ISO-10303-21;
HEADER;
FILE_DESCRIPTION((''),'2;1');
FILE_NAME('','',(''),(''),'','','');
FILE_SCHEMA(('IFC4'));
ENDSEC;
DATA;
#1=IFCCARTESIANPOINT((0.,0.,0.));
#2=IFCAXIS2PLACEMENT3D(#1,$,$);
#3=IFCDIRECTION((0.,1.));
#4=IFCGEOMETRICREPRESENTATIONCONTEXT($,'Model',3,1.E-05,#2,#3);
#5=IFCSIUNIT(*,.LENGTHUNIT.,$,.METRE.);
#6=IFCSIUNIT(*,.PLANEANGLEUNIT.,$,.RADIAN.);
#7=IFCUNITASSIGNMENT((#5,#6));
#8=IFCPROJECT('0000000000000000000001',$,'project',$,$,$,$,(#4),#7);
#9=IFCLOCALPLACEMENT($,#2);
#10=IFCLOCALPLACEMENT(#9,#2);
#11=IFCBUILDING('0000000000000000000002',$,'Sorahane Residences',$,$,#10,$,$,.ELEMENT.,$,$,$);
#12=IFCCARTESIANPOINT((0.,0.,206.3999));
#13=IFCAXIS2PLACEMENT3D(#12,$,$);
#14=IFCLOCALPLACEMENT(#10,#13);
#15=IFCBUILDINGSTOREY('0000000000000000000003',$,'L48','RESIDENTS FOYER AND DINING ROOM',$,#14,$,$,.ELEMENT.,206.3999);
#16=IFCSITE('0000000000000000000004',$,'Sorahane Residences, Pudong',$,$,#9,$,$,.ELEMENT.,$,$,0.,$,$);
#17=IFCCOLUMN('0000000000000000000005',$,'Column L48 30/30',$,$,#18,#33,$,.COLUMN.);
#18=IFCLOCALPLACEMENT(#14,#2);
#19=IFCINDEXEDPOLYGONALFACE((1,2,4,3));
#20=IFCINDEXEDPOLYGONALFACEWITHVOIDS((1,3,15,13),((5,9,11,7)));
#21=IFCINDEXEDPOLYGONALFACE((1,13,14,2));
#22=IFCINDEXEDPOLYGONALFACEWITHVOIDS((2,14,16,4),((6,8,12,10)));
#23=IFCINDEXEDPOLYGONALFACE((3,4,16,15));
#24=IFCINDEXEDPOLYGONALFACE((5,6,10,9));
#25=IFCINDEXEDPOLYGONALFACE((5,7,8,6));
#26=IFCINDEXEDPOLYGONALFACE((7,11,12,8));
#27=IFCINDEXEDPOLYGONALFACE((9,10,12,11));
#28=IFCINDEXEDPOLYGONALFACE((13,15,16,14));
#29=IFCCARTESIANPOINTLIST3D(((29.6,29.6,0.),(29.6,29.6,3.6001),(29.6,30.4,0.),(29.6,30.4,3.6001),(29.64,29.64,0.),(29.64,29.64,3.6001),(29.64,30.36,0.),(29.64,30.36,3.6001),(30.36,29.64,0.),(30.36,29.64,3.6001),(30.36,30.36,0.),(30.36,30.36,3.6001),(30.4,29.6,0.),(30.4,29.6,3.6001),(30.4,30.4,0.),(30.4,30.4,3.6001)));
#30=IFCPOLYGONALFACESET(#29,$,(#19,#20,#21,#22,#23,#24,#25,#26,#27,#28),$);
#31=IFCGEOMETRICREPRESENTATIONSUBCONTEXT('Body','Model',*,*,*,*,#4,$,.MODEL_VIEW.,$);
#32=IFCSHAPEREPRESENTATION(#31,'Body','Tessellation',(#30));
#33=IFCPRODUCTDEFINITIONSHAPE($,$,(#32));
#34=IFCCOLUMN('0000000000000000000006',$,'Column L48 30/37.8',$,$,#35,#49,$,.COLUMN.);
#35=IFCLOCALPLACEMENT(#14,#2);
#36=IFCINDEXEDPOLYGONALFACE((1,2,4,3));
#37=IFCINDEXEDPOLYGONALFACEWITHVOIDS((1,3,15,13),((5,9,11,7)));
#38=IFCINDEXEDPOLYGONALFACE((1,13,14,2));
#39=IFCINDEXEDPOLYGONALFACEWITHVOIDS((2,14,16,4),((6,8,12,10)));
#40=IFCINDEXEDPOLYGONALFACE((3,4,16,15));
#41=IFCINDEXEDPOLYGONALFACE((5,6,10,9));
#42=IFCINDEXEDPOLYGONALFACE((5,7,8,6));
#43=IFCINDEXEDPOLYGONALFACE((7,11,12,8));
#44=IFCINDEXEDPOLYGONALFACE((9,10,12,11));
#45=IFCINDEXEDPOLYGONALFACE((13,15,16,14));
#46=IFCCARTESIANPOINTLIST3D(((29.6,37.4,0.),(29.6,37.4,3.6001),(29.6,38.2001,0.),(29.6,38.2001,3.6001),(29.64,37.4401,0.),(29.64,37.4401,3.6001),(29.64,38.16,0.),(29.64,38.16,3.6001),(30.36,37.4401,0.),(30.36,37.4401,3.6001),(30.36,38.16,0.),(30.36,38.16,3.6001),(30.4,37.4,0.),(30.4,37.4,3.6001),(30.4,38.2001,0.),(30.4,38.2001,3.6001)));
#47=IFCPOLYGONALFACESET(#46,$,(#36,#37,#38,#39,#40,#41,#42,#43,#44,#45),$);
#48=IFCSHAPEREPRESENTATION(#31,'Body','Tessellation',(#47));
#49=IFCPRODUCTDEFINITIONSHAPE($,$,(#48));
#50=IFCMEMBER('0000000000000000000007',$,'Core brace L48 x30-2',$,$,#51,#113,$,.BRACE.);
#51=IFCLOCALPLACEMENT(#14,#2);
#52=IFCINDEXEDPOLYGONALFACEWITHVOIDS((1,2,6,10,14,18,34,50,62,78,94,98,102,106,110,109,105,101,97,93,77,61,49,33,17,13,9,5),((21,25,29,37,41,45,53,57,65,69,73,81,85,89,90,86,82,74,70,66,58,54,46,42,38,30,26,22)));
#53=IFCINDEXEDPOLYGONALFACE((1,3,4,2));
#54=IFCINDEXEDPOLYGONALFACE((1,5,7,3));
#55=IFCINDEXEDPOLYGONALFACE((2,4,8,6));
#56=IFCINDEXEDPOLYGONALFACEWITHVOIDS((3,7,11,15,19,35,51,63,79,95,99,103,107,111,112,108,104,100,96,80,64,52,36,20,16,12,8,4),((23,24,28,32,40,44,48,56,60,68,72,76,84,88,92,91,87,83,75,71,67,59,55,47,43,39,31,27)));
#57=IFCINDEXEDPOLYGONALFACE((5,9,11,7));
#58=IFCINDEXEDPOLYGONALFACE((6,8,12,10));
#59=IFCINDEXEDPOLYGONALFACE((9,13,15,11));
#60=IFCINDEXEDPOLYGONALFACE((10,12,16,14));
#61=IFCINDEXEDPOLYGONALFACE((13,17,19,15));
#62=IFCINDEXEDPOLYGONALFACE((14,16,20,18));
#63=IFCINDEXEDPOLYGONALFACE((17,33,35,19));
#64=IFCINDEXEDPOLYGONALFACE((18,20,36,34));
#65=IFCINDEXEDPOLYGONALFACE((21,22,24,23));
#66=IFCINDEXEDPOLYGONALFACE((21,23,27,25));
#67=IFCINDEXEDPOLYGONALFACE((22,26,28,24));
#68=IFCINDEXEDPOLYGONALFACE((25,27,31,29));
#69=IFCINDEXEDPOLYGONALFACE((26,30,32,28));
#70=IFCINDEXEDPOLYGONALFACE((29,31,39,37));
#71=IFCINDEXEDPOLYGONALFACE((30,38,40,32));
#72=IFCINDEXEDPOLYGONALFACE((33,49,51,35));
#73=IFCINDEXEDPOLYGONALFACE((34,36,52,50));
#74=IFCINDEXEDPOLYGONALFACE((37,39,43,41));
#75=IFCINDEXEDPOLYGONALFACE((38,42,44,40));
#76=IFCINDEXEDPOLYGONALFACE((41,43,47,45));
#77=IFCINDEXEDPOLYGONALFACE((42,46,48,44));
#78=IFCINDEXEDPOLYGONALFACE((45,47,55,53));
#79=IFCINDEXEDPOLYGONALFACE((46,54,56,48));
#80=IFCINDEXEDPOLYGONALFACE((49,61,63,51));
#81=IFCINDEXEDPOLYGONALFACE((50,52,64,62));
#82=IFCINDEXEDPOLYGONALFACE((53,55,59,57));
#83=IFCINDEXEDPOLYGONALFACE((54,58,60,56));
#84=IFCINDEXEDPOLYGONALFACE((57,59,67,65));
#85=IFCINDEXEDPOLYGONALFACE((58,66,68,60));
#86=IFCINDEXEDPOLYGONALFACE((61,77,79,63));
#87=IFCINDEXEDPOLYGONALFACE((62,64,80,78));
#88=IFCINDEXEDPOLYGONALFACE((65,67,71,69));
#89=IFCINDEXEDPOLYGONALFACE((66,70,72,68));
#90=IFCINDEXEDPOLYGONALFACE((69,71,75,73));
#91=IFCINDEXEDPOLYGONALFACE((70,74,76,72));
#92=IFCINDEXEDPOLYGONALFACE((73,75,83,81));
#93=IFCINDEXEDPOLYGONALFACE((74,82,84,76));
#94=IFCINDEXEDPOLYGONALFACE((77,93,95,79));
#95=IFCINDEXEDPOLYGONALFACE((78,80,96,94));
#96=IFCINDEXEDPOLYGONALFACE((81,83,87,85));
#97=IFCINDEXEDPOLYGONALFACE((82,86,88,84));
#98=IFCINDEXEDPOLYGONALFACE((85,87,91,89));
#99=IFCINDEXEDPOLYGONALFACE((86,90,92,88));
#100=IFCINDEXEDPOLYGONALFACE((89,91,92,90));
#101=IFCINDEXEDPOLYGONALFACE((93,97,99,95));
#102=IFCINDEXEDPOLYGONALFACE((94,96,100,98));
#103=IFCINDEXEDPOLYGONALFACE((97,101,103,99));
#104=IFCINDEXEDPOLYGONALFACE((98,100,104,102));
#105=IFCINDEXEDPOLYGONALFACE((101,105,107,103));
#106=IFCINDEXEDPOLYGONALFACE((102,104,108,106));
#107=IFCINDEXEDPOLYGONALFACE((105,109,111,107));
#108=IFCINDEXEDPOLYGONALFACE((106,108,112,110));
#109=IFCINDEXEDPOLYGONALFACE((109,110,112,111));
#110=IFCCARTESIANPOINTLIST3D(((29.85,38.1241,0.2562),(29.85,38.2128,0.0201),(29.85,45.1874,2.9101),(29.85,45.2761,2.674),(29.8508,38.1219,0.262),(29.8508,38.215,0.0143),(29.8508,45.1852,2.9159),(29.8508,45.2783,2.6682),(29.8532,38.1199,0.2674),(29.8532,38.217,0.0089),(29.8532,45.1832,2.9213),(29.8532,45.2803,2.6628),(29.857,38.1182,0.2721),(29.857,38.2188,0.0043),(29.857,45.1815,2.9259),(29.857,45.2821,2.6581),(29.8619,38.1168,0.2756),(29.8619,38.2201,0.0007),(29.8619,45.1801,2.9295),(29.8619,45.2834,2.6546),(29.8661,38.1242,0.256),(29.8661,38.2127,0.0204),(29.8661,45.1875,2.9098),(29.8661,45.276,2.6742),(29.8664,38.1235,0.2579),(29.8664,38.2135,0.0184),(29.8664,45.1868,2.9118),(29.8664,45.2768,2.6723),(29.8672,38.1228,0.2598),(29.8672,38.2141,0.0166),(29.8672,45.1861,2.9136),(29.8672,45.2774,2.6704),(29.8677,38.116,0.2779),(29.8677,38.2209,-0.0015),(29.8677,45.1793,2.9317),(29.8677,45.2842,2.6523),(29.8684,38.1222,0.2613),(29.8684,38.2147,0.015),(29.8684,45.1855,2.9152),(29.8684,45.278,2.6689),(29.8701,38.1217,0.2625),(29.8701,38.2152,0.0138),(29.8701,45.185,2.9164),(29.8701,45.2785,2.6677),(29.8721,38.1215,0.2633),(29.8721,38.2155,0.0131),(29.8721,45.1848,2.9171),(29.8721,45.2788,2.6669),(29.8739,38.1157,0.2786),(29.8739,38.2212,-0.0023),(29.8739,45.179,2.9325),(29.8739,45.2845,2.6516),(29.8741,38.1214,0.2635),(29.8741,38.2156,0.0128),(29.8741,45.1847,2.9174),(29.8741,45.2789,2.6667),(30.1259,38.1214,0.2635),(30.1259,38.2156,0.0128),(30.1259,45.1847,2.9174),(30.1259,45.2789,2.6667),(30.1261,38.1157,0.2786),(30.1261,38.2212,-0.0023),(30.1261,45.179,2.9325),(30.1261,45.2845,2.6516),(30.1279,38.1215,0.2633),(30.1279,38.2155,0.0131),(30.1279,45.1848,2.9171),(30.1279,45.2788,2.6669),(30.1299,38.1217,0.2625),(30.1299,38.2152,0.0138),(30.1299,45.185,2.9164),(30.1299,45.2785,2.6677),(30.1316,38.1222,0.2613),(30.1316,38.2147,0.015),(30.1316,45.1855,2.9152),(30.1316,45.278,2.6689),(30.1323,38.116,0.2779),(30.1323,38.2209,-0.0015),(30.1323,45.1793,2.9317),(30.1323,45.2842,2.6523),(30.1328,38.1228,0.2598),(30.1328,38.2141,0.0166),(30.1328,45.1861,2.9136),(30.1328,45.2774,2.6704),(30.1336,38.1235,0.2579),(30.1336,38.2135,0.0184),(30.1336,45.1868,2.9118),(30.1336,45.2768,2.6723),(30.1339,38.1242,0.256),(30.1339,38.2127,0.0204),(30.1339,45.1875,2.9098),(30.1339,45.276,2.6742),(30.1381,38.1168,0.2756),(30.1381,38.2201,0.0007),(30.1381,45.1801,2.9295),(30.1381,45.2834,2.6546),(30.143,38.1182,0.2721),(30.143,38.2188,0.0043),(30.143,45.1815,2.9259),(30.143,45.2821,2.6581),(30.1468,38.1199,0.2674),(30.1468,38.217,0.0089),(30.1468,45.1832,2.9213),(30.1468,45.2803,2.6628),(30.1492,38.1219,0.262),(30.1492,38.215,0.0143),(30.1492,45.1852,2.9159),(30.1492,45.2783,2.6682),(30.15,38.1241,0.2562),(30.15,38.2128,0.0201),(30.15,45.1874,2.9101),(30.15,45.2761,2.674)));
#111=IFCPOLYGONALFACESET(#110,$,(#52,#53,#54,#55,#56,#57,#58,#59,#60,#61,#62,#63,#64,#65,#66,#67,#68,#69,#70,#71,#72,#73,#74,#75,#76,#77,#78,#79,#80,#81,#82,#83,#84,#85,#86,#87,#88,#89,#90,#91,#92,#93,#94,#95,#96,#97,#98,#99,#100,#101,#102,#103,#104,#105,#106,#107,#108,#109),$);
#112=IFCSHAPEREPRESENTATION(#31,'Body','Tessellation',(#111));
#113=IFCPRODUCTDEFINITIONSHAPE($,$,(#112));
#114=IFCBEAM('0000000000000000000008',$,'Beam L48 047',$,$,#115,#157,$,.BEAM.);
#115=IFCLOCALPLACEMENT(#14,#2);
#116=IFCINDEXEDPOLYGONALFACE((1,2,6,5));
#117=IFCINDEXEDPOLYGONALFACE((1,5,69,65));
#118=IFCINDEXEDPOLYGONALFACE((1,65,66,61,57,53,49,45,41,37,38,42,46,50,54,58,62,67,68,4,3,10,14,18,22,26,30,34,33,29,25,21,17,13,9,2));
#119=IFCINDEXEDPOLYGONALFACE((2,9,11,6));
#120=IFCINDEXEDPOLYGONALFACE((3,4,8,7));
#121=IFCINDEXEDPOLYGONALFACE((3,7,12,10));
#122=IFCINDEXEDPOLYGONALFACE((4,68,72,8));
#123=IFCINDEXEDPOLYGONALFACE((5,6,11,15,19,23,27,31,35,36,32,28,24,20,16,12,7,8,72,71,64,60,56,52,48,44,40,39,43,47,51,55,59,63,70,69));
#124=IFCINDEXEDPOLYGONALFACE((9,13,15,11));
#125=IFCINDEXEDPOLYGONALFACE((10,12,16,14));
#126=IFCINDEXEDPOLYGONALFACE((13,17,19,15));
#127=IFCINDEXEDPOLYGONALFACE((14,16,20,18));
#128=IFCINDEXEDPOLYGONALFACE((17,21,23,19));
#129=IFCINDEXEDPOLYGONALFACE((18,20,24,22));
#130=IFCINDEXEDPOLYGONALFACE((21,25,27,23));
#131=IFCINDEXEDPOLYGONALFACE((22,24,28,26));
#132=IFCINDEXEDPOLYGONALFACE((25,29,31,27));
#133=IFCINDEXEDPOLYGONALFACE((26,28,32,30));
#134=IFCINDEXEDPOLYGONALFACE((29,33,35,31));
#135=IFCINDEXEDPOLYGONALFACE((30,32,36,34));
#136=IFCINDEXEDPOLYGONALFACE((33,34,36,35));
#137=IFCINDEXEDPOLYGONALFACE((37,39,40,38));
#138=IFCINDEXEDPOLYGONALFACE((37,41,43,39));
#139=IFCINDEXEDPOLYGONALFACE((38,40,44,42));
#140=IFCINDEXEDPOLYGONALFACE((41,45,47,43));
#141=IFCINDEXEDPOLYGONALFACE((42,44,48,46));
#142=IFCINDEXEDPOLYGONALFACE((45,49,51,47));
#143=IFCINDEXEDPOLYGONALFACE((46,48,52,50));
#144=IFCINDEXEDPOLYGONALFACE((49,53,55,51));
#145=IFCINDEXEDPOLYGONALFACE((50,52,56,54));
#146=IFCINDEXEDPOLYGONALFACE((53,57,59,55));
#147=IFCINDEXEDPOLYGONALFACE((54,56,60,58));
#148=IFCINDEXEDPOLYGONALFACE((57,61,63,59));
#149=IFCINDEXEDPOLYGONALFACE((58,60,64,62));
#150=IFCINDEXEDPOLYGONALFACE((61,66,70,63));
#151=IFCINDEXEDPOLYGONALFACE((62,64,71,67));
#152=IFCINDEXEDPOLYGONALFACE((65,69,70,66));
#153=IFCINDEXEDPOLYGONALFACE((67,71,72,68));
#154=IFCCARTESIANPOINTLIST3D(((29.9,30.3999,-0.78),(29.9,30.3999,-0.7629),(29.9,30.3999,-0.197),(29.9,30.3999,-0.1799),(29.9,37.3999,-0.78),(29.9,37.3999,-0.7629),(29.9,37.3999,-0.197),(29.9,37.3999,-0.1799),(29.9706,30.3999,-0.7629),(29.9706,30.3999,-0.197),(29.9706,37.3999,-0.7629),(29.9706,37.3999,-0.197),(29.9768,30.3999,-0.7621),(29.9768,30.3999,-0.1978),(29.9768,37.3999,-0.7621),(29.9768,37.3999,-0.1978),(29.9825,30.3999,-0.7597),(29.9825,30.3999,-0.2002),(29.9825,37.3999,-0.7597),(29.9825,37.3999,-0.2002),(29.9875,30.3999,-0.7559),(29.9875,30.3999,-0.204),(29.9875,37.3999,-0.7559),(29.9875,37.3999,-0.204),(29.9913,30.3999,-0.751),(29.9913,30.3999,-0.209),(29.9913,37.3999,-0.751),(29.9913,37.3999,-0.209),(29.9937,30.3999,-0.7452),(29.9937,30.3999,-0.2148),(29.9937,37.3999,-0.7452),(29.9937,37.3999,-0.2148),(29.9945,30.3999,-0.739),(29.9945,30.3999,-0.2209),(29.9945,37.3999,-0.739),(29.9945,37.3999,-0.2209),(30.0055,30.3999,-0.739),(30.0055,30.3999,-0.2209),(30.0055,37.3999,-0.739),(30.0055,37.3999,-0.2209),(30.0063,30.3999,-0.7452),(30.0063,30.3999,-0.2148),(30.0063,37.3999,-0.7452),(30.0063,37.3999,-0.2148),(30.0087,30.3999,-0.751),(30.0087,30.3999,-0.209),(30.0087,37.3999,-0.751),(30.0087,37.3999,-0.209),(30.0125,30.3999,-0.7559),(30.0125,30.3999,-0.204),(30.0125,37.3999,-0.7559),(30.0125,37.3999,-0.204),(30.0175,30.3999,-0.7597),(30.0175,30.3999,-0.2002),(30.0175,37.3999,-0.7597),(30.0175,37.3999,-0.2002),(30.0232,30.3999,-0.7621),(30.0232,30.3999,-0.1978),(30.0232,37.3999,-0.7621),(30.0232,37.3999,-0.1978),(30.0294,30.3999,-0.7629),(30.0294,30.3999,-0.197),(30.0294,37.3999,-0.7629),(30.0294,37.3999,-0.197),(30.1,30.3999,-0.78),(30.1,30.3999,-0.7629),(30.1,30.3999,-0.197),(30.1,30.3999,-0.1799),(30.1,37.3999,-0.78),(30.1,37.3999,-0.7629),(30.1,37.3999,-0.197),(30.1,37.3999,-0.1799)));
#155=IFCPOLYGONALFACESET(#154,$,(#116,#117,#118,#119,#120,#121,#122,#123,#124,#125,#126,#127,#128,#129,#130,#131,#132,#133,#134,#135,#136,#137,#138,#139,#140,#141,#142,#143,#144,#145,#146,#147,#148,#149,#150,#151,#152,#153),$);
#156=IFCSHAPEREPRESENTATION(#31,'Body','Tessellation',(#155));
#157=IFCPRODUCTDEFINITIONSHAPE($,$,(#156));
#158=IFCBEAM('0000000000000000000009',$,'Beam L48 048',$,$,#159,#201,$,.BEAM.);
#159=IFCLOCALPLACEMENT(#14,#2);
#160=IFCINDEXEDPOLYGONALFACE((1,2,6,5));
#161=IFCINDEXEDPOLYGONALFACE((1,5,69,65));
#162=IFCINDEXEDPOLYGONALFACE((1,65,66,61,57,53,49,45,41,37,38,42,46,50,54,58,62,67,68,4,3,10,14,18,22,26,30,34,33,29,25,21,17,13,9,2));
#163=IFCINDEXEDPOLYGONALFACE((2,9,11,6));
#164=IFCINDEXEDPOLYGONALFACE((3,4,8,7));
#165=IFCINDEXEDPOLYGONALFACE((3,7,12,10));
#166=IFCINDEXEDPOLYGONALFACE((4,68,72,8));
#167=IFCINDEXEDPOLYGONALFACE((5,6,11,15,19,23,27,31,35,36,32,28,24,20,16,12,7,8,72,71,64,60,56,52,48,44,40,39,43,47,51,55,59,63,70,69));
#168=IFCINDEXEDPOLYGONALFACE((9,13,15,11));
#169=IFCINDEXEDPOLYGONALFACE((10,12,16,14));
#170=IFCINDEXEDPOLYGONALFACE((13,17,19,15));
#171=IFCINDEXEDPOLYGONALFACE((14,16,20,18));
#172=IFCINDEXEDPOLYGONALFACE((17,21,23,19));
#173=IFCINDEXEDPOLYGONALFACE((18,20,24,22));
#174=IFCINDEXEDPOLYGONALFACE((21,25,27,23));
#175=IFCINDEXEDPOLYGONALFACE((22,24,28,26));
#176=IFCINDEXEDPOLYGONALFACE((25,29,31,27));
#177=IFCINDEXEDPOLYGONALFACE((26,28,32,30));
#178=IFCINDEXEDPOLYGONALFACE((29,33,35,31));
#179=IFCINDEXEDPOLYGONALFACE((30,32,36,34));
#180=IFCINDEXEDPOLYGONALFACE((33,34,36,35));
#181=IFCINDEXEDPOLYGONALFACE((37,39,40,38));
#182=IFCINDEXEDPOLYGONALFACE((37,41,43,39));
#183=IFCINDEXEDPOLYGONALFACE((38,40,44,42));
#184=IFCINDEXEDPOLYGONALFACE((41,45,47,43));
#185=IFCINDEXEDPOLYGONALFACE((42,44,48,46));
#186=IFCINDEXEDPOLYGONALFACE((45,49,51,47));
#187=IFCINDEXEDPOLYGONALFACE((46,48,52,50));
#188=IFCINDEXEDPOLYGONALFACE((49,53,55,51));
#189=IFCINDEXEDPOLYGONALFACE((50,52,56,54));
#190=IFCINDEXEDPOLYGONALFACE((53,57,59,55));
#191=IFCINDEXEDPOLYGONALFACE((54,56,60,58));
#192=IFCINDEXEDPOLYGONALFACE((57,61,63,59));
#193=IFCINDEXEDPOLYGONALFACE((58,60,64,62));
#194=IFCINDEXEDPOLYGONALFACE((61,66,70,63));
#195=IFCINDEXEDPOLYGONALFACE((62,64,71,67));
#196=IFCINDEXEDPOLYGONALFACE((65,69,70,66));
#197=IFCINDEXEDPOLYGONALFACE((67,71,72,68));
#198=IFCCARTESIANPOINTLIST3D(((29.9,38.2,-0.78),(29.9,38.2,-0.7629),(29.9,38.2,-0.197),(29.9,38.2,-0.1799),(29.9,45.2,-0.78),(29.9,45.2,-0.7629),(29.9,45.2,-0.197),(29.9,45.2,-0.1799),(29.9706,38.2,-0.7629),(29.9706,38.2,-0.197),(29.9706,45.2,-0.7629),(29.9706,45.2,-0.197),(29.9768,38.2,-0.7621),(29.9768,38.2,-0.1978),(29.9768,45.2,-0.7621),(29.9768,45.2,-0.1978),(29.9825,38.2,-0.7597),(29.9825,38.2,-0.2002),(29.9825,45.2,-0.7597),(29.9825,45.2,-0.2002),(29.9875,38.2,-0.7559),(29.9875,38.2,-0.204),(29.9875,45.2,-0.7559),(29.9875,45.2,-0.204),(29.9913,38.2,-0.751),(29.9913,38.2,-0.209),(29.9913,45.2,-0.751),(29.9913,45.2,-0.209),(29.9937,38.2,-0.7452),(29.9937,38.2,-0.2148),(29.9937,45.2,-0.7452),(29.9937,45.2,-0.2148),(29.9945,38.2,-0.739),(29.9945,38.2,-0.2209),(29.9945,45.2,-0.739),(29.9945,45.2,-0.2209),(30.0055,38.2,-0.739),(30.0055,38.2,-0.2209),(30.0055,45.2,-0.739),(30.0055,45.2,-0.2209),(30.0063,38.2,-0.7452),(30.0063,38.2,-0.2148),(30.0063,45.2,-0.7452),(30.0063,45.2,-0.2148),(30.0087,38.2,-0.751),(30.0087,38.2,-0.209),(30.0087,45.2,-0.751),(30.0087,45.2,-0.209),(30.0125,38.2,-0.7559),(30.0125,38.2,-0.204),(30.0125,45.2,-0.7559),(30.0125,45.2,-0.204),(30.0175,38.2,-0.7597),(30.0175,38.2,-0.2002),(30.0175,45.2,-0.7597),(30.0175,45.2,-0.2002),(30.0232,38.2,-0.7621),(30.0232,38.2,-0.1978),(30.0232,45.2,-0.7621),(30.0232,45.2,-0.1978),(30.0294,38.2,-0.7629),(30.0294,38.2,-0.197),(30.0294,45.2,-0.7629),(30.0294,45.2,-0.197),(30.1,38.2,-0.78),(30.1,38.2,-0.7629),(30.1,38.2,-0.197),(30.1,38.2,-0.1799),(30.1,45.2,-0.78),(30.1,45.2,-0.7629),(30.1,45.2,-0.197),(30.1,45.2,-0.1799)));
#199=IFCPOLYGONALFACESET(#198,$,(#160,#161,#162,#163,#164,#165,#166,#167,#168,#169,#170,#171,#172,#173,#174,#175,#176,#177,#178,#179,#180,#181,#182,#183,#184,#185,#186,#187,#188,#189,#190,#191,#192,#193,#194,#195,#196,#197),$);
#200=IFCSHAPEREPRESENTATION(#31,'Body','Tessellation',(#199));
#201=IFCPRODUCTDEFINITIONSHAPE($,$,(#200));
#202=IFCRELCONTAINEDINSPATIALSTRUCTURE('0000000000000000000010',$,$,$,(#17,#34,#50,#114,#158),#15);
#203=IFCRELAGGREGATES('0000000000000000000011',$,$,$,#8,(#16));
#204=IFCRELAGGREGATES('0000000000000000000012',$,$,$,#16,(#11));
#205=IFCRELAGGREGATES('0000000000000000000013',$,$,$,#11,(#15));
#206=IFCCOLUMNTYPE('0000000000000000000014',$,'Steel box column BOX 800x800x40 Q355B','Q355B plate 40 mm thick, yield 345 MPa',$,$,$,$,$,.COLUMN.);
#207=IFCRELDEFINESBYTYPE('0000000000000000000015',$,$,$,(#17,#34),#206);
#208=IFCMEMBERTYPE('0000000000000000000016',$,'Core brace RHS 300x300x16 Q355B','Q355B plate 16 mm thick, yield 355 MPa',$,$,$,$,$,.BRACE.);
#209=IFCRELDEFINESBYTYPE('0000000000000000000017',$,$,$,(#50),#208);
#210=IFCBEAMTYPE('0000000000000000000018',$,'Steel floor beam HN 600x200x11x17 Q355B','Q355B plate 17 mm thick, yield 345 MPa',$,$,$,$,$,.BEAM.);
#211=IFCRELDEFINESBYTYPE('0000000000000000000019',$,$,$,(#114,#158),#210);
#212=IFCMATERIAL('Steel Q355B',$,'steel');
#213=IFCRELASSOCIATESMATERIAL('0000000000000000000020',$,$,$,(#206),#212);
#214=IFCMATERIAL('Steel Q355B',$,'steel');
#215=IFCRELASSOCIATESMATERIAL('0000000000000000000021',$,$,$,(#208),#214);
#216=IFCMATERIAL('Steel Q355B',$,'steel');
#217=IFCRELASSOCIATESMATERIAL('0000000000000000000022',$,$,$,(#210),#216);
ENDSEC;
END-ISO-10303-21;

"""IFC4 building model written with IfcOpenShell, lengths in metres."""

from ifc_helpers import new_model, si_unit, direction, frame, origin, origin_2d, place, context, subcontext, project, spatial, hollow_rectangle, i_section, extrude, material, material_profile, profile_set, type_object, element, save


model = new_model("IFC4")

# Units and contexts
model_context = context("Model", 3, precision=1e-05, world=origin(), true_north=direction((0.0, 1.0)))
body_context = subcontext(model_context, "Body", "Model", "MODEL_VIEW")
ifc_project = project(units=[si_unit("LENGTHUNIT", "METRE"), si_unit("PLANEANGLEUNIT", "RADIAN")], contexts=[model_context])

# Site, building, storey
site_placement = place(None, origin())
site = spatial("IfcSite", under=ifc_project, at=site_placement, Name="Sorahane Residences, Pudong", CompositionType="ELEMENT", RefElevation=0.0)
building_placement = place(site_placement, origin())
building = spatial("IfcBuilding", under=site, at=building_placement, Name="Sorahane Residences", CompositionType="ELEMENT")
storey_placement = place(building_placement, frame((0.0, 0.0, 206.3999)))
storey = spatial("IfcBuildingStorey", under=building, at=storey_placement, Name="L48", Description="RESIDENTS FOYER AND DINING ROOM", CompositionType="ELEMENT", Elevation=206.3999)

# Columns
ifc_material_1 = material(Name="Steel Q355B", Category="steel")
ifc_material_profile_1 = material_profile(ifc_material_1, hollow_rectangle(XDim=0.8, YDim=0.8, WallThickness=0.04, at=origin_2d()), Name="BOX 800x800x40")
ifc_profile_set_1 = profile_set([ifc_material_profile_1], Name="Steel Q355B")
column_type = type_object("IfcColumnType", Name="Steel box column BOX 800x800x40 Q355B", Description="Q355B plate 40 mm thick, yield 345 MPa", PredefinedType="COLUMN", material=ifc_profile_set_1)
for number, where, z_axis, x_axis, name in (
    (1, (30.0, 30.0, 0.0), (0.0, 0.0, 1.0), (1.0, 0.0, 0.0), "Column L48 30/30"),
    (2, (30.0, 37.8, 0.0), (0.0, 0.0, 1.0), (1.0, 0.0, 0.0), "Column L48 30/37.8"),
):
    element("IfcColumn", number, at=place(storey_placement, frame(where, z_axis=z_axis, x_axis=x_axis)), inside=storey, type_object=column_type, Name=name, PredefinedType="COLUMN", context=body_context, shape_type="SweptSolid", body=[
        extrude(hollow_rectangle(XDim=0.8, YDim=0.8, WallThickness=0.04, at=origin_2d()), origin(), (0.0, 0.0, 1.0), 3.6001),
    ])

# Member
ifc_material_2 = material(Name="Steel Q355B", Category="steel")
ifc_material_profile_2 = material_profile(ifc_material_2, hollow_rectangle(XDim=0.3, YDim=0.3, WallThickness=0.0161, InnerFilletRadius=0.0081, OuterFilletRadius=0.0239, at=origin_2d()), Name="RHS 300x300x16")
ifc_profile_set_2 = profile_set([ifc_material_profile_2], Name="Steel Q355B")
member_type = type_object("IfcMemberType", Name="Core brace RHS 300x300x16 Q355B", Description="Q355B plate 16 mm thick, yield 355 MPa", PredefinedType="BRACE", material=ifc_profile_set_2)
member_placement = place(storey_placement, frame((30.0, 38.1685, 0.1382), z_axis=(0.0, 0.936107, 0.351716), x_axis=(-1.0, 0.0, 0.0)))
element("IfcMember", 3, at=member_placement, inside=storey, type_object=member_type, Name="Core brace L48 x30-2", PredefinedType="BRACE", context=body_context, shape_type="SweptSolid", body=[
    extrude(hollow_rectangle(XDim=0.3, YDim=0.3, WallThickness=0.0161, InnerFilletRadius=0.0081, OuterFilletRadius=0.0239, at=origin_2d()), origin(), (0.0, 0.0, 1.0), 7.5454),
])

# Beams
ifc_material_3 = material(Name="Steel Q355B", Category="steel")
ifc_material_profile_3 = material_profile(ifc_material_3, i_section(OverallWidth=0.2, OverallDepth=0.6001, WebThickness=0.011, FlangeThickness=0.0171, FilletRadius=0.0239, at=origin_2d()), Name="HN 600x200x11x17")
ifc_profile_set_3 = profile_set([ifc_material_profile_3], Name="Steel Q355B")
beam_type = type_object("IfcBeamType", Name="Steel floor beam HN 600x200x11x17 Q355B", Description="Q355B plate 17 mm thick, yield 345 MPa", PredefinedType="BEAM", material=ifc_profile_set_3)
for number, where, z_axis, x_axis, name in (
    (4, (30.0, 30.3999, -0.48), (0.0, 1.0, 0.0), (-1.0, 0.0, 0.0), "Beam L48 047"),
    (5, (30.0, 38.2, -0.48), (0.0, 1.0, 0.0), (-1.0, 0.0, 0.0), "Beam L48 048"),
):
    element("IfcBeam", number, at=place(storey_placement, frame(where, z_axis=z_axis, x_axis=x_axis)), inside=storey, type_object=beam_type, Name=name, PredefinedType="BEAM", context=body_context, shape_type="SweptSolid", body=[
        extrude(i_section(OverallWidth=0.2, OverallDepth=0.6001, WebThickness=0.011, FlangeThickness=0.0171, FilletRadius=0.0239, at=origin_2d()), origin(), (0.0, 0.0, 1.0), 7.0),
    ])

save(model, "model.ifc")
